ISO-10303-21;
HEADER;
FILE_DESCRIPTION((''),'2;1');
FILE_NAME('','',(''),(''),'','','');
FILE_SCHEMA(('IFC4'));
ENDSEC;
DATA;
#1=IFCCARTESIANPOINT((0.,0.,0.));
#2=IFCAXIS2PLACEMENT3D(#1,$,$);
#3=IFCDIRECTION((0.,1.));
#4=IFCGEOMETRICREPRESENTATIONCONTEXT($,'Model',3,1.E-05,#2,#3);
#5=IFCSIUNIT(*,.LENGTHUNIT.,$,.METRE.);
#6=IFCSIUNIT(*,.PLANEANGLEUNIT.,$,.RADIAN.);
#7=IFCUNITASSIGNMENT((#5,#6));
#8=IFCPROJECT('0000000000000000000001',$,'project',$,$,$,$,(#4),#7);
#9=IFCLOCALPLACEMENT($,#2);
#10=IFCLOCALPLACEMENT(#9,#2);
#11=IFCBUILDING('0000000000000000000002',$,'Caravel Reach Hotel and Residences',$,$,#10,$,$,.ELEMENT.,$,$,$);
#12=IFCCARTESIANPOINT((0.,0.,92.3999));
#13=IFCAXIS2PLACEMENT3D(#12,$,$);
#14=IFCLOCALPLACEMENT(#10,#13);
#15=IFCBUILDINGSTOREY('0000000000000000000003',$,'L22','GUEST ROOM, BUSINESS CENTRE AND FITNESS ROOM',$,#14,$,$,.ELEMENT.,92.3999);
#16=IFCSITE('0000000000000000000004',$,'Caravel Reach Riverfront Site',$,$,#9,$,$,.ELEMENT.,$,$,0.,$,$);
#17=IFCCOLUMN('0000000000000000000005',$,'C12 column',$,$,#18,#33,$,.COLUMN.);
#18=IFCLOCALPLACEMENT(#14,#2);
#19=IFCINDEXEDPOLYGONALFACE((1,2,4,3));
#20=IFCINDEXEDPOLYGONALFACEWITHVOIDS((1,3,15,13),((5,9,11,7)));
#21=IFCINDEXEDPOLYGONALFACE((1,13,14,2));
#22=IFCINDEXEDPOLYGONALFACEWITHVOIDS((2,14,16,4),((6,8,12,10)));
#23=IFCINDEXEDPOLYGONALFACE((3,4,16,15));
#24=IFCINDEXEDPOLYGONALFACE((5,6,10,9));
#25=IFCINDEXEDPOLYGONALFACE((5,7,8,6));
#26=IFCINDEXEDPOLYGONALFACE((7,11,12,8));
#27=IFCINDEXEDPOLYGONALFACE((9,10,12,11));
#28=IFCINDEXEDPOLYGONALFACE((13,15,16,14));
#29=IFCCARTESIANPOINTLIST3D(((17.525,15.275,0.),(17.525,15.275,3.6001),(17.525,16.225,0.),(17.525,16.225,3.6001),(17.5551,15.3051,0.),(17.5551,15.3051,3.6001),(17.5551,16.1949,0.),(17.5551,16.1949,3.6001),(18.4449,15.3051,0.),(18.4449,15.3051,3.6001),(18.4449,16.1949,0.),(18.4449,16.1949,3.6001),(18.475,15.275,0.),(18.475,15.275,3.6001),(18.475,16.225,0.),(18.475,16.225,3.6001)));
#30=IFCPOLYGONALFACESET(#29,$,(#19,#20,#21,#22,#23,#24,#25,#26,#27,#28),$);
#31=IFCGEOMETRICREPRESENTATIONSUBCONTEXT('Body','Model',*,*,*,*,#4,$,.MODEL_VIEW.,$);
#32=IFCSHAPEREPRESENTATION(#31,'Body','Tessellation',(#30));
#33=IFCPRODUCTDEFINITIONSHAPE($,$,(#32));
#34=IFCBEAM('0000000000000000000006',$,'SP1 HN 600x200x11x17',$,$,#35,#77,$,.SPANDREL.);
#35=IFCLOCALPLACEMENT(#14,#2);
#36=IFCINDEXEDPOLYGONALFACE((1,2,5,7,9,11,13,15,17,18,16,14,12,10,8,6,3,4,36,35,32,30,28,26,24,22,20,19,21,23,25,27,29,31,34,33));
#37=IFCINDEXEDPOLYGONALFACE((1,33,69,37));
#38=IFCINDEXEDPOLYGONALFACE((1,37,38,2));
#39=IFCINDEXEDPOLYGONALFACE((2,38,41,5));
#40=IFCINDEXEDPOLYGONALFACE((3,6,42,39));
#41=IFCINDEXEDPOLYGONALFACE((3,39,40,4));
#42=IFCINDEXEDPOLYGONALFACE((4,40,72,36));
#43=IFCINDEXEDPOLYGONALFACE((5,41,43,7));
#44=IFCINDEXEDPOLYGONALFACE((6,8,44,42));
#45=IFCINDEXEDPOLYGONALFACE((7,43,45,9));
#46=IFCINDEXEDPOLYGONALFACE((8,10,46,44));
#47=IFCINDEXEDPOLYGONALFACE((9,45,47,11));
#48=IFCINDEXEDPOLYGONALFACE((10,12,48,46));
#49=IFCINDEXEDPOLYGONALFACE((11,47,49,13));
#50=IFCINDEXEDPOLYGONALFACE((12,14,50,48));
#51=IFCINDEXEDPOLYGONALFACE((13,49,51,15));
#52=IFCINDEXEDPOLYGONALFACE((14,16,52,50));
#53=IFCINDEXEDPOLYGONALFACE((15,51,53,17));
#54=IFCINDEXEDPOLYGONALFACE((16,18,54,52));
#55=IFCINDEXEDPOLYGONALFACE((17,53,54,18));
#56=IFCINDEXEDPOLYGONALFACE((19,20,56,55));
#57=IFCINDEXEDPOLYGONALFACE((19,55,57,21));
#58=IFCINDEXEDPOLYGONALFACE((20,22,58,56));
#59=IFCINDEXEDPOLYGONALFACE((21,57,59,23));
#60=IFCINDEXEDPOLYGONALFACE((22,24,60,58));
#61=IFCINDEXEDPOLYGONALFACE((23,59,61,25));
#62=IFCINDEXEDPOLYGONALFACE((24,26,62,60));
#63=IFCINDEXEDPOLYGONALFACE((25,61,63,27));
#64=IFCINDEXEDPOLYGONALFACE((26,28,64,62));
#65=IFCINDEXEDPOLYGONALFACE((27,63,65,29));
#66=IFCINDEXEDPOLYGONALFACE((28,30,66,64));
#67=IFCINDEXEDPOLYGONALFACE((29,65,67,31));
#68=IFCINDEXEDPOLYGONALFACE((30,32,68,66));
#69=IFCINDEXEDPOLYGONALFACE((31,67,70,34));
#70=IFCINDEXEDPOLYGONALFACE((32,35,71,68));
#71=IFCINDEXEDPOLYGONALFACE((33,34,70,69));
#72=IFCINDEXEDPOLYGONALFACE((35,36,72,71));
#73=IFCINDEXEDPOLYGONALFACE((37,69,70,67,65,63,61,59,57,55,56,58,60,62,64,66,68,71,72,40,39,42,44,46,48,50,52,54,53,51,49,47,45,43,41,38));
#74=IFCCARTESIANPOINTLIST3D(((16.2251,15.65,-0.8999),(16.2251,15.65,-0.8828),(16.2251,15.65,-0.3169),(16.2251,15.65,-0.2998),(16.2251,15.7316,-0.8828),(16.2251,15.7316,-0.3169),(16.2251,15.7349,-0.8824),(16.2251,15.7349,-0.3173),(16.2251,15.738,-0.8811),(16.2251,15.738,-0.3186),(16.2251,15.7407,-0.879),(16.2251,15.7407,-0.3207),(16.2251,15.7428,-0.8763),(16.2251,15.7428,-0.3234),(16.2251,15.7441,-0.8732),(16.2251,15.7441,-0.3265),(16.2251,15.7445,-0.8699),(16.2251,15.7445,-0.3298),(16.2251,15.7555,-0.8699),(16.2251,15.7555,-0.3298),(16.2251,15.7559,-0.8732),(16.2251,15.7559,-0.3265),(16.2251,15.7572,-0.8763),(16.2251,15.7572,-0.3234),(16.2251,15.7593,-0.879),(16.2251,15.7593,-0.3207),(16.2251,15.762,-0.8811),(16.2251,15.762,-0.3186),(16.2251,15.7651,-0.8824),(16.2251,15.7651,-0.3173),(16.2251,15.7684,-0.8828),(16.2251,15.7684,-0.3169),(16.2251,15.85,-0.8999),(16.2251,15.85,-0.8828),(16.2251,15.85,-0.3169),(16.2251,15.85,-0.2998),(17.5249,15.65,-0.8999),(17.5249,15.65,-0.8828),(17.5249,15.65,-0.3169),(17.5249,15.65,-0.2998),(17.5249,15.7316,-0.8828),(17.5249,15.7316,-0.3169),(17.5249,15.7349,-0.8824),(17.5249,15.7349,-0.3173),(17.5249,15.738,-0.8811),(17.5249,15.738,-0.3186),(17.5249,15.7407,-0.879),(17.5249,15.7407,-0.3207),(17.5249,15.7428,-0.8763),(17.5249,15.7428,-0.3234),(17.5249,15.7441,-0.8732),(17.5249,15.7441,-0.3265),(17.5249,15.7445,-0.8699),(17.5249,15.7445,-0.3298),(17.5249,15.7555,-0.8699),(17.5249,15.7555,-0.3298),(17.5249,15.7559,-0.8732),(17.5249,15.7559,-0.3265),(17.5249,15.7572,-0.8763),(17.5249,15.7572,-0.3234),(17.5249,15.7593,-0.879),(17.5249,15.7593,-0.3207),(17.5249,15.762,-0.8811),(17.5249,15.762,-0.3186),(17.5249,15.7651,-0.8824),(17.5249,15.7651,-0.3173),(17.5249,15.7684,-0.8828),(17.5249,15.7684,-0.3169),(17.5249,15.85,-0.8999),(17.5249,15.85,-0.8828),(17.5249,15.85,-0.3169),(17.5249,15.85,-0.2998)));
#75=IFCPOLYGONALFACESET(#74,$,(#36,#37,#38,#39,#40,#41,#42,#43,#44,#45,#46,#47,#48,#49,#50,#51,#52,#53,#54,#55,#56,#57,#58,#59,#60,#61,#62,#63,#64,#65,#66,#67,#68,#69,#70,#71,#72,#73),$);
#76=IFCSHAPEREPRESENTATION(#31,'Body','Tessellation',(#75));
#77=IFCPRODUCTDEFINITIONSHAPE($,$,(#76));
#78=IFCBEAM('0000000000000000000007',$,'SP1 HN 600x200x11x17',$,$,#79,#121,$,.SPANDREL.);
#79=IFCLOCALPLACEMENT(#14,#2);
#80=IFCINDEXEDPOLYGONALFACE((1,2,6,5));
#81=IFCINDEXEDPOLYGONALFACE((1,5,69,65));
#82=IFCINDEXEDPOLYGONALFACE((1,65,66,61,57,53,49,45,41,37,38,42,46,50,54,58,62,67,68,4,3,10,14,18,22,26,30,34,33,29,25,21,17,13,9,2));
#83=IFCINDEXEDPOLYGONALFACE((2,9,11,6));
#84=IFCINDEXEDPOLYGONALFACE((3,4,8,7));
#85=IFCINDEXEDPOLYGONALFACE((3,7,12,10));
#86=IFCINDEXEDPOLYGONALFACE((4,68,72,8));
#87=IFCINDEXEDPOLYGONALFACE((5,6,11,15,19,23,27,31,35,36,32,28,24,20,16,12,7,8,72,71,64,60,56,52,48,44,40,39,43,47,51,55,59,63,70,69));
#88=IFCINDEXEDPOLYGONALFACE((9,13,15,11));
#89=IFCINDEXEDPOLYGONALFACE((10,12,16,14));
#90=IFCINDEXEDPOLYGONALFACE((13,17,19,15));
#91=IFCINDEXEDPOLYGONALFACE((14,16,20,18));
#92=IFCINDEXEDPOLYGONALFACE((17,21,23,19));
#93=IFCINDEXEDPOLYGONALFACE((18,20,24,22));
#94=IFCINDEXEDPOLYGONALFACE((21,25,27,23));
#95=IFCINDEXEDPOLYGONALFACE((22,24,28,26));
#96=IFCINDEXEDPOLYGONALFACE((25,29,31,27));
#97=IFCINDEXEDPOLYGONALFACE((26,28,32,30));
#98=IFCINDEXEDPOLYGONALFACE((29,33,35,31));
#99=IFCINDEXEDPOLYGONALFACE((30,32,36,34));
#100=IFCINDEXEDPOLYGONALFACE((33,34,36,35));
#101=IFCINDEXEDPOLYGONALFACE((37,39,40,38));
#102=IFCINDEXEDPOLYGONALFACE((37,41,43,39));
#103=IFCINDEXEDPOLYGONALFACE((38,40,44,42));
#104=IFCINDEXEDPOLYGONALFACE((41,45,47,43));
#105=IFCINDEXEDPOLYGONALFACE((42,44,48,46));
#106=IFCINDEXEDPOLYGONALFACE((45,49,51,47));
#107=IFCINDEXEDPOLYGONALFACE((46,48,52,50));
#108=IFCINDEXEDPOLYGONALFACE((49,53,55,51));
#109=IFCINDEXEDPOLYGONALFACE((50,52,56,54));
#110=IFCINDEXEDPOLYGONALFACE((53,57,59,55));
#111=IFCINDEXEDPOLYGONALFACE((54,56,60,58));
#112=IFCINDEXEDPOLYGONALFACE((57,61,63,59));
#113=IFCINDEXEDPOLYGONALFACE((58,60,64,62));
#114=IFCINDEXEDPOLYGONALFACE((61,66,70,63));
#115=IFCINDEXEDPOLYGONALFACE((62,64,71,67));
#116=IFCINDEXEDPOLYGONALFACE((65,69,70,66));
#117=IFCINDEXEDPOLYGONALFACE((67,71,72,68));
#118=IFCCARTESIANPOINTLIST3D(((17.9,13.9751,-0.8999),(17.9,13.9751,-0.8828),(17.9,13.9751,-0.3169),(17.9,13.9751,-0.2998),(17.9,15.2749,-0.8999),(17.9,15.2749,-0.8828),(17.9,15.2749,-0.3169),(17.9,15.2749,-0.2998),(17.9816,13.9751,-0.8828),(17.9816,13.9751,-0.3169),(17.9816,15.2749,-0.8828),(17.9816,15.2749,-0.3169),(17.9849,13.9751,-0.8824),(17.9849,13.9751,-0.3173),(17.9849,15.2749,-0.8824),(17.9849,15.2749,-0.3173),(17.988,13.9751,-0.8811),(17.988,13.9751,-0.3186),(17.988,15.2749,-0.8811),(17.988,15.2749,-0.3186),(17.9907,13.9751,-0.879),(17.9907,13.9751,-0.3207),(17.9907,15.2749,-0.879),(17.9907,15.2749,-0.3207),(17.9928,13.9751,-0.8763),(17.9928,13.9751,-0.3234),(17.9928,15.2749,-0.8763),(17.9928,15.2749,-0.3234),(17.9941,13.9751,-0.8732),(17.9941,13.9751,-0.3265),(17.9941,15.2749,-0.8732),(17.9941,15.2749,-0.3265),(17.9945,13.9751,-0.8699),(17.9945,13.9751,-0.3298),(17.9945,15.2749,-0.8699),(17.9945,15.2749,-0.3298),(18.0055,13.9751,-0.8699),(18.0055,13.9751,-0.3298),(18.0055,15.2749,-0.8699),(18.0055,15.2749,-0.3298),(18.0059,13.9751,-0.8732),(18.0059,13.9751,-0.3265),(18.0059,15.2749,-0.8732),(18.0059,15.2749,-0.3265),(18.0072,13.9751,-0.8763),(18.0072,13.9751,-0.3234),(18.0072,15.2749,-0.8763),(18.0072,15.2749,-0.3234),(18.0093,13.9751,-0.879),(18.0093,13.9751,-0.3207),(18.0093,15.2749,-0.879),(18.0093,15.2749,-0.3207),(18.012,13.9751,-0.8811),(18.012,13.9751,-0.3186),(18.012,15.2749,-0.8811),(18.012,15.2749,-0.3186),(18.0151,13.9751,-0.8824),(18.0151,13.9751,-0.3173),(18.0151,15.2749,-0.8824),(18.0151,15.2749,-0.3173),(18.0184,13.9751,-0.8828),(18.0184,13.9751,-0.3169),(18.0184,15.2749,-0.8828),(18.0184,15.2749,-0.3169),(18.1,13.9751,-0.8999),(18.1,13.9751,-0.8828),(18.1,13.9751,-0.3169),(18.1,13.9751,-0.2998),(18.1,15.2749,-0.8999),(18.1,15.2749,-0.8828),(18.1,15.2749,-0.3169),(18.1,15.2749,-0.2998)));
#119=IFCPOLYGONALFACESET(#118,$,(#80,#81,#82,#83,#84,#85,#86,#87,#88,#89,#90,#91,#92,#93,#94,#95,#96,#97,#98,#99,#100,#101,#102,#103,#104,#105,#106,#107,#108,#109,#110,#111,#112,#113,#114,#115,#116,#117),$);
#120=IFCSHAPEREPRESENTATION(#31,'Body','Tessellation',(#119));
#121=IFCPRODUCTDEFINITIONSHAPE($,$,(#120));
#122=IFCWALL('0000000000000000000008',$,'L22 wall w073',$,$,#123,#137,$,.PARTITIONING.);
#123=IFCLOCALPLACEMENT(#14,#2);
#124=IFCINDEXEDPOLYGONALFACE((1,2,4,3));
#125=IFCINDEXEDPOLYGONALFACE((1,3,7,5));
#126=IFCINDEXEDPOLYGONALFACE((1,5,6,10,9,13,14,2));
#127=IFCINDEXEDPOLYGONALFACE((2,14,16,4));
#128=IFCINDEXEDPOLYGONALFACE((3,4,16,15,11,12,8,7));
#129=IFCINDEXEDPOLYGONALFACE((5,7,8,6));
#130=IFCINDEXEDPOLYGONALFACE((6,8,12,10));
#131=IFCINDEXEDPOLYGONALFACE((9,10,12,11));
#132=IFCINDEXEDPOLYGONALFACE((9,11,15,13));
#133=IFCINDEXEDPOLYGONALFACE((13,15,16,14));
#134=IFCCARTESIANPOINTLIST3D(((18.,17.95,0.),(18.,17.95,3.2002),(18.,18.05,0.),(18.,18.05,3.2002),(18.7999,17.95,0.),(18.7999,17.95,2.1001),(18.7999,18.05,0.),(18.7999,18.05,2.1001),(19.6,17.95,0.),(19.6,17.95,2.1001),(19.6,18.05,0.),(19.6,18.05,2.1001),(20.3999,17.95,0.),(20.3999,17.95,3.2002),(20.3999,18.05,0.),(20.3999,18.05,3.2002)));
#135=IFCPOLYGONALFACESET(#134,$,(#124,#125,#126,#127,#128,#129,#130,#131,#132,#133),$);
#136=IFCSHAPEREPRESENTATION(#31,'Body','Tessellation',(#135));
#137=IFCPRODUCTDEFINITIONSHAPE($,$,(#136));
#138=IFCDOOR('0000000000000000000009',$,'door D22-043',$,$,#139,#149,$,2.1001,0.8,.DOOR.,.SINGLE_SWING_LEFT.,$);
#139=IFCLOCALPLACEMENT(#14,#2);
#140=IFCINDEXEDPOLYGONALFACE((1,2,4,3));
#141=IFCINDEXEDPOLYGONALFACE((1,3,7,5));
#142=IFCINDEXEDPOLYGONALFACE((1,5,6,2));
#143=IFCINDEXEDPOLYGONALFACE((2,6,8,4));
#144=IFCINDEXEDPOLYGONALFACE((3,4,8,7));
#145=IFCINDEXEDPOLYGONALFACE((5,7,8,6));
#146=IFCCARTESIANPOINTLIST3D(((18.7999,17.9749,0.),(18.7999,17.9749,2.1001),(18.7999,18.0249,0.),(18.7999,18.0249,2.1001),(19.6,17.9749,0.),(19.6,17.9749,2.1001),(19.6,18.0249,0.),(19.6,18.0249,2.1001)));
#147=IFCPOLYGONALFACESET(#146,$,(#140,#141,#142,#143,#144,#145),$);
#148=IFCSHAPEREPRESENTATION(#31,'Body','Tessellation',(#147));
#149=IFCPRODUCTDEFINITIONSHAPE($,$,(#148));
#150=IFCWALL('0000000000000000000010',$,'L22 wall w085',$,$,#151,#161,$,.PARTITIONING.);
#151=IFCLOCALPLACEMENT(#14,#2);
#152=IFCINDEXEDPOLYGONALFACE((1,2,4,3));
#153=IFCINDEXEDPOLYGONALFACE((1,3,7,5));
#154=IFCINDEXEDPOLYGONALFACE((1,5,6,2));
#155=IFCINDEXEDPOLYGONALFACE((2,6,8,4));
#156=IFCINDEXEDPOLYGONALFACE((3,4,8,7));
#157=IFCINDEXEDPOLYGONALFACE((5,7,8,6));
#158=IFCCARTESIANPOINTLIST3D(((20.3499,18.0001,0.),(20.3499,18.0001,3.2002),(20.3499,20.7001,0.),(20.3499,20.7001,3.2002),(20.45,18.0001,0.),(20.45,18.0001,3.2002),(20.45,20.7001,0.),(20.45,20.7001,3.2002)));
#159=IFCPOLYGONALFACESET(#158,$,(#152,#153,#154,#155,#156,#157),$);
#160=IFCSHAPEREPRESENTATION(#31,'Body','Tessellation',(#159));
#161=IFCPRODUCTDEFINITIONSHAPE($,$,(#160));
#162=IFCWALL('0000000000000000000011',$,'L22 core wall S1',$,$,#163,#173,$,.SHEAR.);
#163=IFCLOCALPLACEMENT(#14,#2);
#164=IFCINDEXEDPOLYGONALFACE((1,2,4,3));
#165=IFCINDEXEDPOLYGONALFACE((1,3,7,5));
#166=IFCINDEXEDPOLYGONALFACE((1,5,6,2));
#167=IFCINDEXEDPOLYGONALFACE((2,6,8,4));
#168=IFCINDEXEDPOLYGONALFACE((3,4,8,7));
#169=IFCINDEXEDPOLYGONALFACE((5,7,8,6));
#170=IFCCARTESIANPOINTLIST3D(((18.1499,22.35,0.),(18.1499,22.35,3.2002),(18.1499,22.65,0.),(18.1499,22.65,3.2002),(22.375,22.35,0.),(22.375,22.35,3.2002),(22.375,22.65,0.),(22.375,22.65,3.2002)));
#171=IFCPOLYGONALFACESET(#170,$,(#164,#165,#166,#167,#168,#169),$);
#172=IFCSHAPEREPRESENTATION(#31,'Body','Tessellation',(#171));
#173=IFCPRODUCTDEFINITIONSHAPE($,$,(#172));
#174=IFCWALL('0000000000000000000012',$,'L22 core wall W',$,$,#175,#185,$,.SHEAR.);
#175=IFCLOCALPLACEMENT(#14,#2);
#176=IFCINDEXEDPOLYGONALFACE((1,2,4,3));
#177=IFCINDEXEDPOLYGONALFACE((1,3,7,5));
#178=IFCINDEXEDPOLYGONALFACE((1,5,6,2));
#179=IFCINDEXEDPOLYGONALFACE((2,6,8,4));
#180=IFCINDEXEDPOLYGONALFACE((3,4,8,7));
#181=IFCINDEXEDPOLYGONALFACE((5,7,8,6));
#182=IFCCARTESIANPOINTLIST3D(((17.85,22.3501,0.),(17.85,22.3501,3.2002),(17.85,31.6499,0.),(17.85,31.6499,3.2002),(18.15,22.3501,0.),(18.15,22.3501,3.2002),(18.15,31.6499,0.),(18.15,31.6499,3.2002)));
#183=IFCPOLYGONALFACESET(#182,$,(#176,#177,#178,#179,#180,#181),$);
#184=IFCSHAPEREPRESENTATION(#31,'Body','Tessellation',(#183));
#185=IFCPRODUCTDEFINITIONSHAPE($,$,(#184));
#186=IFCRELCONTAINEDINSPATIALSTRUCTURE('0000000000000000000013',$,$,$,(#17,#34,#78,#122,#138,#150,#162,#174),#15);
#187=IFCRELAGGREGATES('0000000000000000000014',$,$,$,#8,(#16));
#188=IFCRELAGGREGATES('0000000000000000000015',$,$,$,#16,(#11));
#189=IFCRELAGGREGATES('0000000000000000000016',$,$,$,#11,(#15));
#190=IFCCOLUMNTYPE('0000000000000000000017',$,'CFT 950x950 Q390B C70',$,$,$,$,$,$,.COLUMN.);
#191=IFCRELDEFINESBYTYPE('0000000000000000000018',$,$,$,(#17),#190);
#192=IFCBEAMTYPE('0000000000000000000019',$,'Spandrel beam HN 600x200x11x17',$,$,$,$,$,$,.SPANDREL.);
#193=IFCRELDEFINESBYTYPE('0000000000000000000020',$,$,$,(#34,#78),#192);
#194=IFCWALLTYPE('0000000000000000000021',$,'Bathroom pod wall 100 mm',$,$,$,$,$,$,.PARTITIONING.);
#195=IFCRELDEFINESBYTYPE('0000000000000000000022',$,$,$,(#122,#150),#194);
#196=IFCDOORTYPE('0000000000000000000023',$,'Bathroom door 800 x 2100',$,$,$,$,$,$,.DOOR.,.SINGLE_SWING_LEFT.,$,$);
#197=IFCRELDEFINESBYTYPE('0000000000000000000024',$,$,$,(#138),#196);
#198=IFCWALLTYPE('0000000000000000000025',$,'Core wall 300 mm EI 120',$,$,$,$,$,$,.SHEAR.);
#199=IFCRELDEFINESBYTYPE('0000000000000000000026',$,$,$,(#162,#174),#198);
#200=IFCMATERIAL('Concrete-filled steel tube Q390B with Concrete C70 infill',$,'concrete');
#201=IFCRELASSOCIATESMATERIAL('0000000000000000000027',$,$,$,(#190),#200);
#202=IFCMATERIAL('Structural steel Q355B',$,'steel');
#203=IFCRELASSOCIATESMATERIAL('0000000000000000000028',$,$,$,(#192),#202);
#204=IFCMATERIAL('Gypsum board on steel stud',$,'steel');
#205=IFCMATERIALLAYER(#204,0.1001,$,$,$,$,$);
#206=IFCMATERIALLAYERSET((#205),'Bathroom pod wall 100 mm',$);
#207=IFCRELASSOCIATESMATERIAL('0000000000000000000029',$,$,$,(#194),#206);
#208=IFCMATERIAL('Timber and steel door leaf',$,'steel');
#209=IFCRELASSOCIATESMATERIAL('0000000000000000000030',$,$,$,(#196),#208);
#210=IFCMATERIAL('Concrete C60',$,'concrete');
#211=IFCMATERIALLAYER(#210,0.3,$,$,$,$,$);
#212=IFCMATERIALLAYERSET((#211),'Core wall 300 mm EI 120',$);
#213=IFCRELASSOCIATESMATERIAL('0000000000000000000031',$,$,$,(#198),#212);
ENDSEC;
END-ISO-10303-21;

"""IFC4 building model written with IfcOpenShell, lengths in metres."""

from ifc_helpers import new_model, si_unit, direction, frame, frame_2d, origin, origin_2d, place, context, subcontext, project, spatial, rectangle, hollow_rectangle, i_section, extrude, material, layer, layer_set, material_profile, profile_set, type_object, element, fill, save


model = new_model("IFC4")

# Units and contexts
model_context = context("Model", 3, precision=1e-05, world=origin(), true_north=direction((0.0, 1.0)))
body_context = subcontext(model_context, "Body", "Model", "MODEL_VIEW")
ifc_project = project(units=[si_unit("LENGTHUNIT", "METRE"), si_unit("PLANEANGLEUNIT", "RADIAN")], contexts=[model_context])

# Site, building, storey
site_placement = place(None, origin())
site = spatial("IfcSite", under=ifc_project, at=site_placement, Name="Caravel Reach Riverfront Site", CompositionType="ELEMENT", RefElevation=0.0)
building_placement = place(site_placement, origin())
building = spatial("IfcBuilding", under=site, at=building_placement, Name="Caravel Reach Hotel and Residences", CompositionType="ELEMENT")
storey_placement = place(building_placement, frame((0.0, 0.0, 92.3999)))
storey = spatial("IfcBuildingStorey", under=building, at=storey_placement, Name="L22", Description="GUEST ROOM, BUSINESS CENTRE AND FITNESS ROOM", CompositionType="ELEMENT", Elevation=92.3999)

# Column
ifc_material_1 = material(Name="Concrete-filled steel tube Q390B with Concrete C70 infill", Category="concrete")
ifc_material_profile_1 = material_profile(ifc_material_1, hollow_rectangle(XDim=0.95, YDim=0.95, WallThickness=0.03, at=origin_2d()), Name="RHS 950x950x30")
ifc_profile_set_1 = profile_set([ifc_material_profile_1], Name="Concrete-filled steel tube Q390B with Concrete C70 infill")
column_type = type_object("IfcColumnType", Name="CFT 950x950 Q390B C70", PredefinedType="COLUMN", material=ifc_profile_set_1)
column_placement = place(storey_placement, frame((18.0, 15.75, 0.0), z_axis=(0.0, 0.0, 1.0), x_axis=(1.0, 0.0, 0.0)))
element("IfcColumn", 1, at=column_placement, inside=storey, type_object=column_type, Name="C12 column", PredefinedType="COLUMN", context=body_context, shape_type="SweptSolid", body=[
    extrude(hollow_rectangle(XDim=0.95, YDim=0.95, WallThickness=0.03, at=origin_2d()), origin(), (0.0, 0.0, 1.0), 3.6001),
])

# Beams
ifc_material_2 = material(Name="Structural steel Q355B", Category="steel")
ifc_material_profile_2 = material_profile(ifc_material_2, i_section(OverallWidth=0.2, OverallDepth=0.6001, WebThickness=0.011, FlangeThickness=0.0171, FilletRadius=0.0129, at=origin_2d()), Name="HN 600x200x11x17")
ifc_profile_set_2 = profile_set([ifc_material_profile_2], Name="Structural steel Q355B")
beam_type = type_object("IfcBeamType", Name="Spandrel beam HN 600x200x11x17", PredefinedType="SPANDREL", material=ifc_profile_set_2)
for number, where, z_axis, x_axis, name in (
    (2, (16.2251, 15.75, -0.5999), (1.0, 0.0, 0.0), (0.0, 1.0, 0.0), "SP1 HN 600x200x11x17"),
    (3, (18.0, 15.2749, -0.5999), (0.0, -1.0, 0.0), (1.0, 0.0, 0.0), "SP1 HN 600x200x11x17"),
):
    element("IfcBeam", number, at=place(storey_placement, frame(where, z_axis=z_axis, x_axis=x_axis)), inside=storey, type_object=beam_type, Name=name, PredefinedType="SPANDREL", context=body_context, shape_type="SweptSolid", body=[
        extrude(i_section(OverallWidth=0.2, OverallDepth=0.6001, WebThickness=0.011, FlangeThickness=0.0171, FilletRadius=0.0129, at=origin_2d()), origin(), (0.0, 0.0, 1.0), 1.2998),
    ])

# Wall, opening, door
ifc_material_3 = material(Name="Gypsum board on steel stud", Category="steel")
ifc_layer_1 = layer(ifc_material_3, 0.1001)
ifc_layer_set_1 = layer_set([ifc_layer_1], Name="Bathroom pod wall 100 mm")
wall_type_1 = type_object("IfcWallType", Name="Bathroom pod wall 100 mm", PredefinedType="PARTITIONING", material=ifc_layer_set_1)
wall_1_placement = place(storey_placement, frame((18.0, 18.0, 0.0), z_axis=(0.0, 0.0, 1.0), x_axis=(1.0, 0.0, 0.0)))
wall_1 = element("IfcWall", 4, at=wall_1_placement, inside=storey, type_object=wall_type_1, Name="L22 wall w073", PredefinedType="PARTITIONING", context=body_context, shape_type="SweptSolid", body=[
    extrude(rectangle(XDim=2.3999, YDim=0.1001, at=frame_2d((1.2, 0.0))), origin(), (0.0, 0.0, 1.0), 3.2002),
])
opening_1_placement = place(wall_1_placement, frame((0.8, 0.0, 0.0)))
opening_1 = element("IfcOpeningElement", 5, at=opening_1_placement, cuts=wall_1, PredefinedType="OPENING", context=body_context, shape_type="SweptSolid", body=[
    extrude(rectangle(XDim=0.8, YDim=2.1001, at=frame_2d((0.3999, 1.05))), frame((0.0, 0.0601, 0.0), z_axis=(0.0, -1.0, 0.0), x_axis=(1.0, 0.0, 0.0)), (0.0, 0.0, 1.0), 0.1201),
])
ifc_material_4 = material(Name="Timber and steel door leaf", Category="steel")
door_type_1 = type_object("IfcDoorType", Name="Bathroom door 800 x 2100", OperationType="SINGLE_SWING_LEFT", PredefinedType="DOOR", material=ifc_material_4)
door_1_placement = place(opening_1_placement, origin())
door_1 = element("IfcDoor", 6, at=door_1_placement, inside=storey, type_object=door_type_1, Name="door D22-043", OperationType="SINGLE_SWING_LEFT", OverallHeight=2.1001, OverallWidth=0.8, PredefinedType="DOOR", context=body_context, shape_type="SweptSolid", body=[
    extrude(rectangle(XDim=0.8, YDim=2.1001, at=frame_2d((0.3999, 1.05))), frame((0.0, 0.0249, 0.0), z_axis=(0.0, -1.0, 0.0), x_axis=(1.0, 0.0, 0.0)), (0.0, 0.0, 1.0), 0.05),
])
fill(opening_1, door_1)

# Walls
wall_2_placement = place(storey_placement, frame((20.3999, 18.0, 0.0), z_axis=(0.0, 0.0, 1.0), x_axis=(0.0, 1.0, 0.0)))
element("IfcWall", 7, at=wall_2_placement, inside=storey, type_object=wall_type_1, Name="L22 wall w085", PredefinedType="PARTITIONING", context=body_context, shape_type="SweptSolid", body=[
    extrude(rectangle(XDim=2.7, YDim=0.1001, at=frame_2d((1.3501, 0.0))), origin(), (0.0, 0.0, 1.0), 3.2002),
])
ifc_material_5 = material(Name="Concrete C60", Category="concrete")
ifc_layer_2 = layer(ifc_material_5, 0.3)
ifc_layer_set_2 = layer_set([ifc_layer_2], Name="Core wall 300 mm EI 120")
wall_type_2 = type_object("IfcWallType", Name="Core wall 300 mm EI 120", PredefinedType="SHEAR", material=ifc_layer_set_2)
wall_3_placement = place(storey_placement, frame((18.1499, 22.5, 0.0), z_axis=(0.0, 0.0, 1.0), x_axis=(1.0, 0.0, 0.0)))
element("IfcWall", 8, at=wall_3_placement, inside=storey, type_object=wall_type_2, Name="L22 core wall S1", PredefinedType="SHEAR", context=body_context, shape_type="SweptSolid", body=[
    extrude(rectangle(XDim=4.2251, YDim=0.3, at=frame_2d((2.1125, 0.0))), origin(), (0.0, 0.0, 1.0), 3.2002),
])
wall_4_placement = place(storey_placement, frame((18.0, 22.3501, 0.0), z_axis=(0.0, 0.0, 1.0), x_axis=(0.0, 1.0, 0.0)))
element("IfcWall", 9, at=wall_4_placement, inside=storey, type_object=wall_type_2, Name="L22 core wall W", PredefinedType="SHEAR", context=body_context, shape_type="SweptSolid", body=[
    extrude(rectangle(XDim=9.2998, YDim=0.3, at=frame_2d((4.6499, 0.0))), origin(), (0.0, 0.0, 1.0), 3.2002),
])

save(model, "model.ifc")
